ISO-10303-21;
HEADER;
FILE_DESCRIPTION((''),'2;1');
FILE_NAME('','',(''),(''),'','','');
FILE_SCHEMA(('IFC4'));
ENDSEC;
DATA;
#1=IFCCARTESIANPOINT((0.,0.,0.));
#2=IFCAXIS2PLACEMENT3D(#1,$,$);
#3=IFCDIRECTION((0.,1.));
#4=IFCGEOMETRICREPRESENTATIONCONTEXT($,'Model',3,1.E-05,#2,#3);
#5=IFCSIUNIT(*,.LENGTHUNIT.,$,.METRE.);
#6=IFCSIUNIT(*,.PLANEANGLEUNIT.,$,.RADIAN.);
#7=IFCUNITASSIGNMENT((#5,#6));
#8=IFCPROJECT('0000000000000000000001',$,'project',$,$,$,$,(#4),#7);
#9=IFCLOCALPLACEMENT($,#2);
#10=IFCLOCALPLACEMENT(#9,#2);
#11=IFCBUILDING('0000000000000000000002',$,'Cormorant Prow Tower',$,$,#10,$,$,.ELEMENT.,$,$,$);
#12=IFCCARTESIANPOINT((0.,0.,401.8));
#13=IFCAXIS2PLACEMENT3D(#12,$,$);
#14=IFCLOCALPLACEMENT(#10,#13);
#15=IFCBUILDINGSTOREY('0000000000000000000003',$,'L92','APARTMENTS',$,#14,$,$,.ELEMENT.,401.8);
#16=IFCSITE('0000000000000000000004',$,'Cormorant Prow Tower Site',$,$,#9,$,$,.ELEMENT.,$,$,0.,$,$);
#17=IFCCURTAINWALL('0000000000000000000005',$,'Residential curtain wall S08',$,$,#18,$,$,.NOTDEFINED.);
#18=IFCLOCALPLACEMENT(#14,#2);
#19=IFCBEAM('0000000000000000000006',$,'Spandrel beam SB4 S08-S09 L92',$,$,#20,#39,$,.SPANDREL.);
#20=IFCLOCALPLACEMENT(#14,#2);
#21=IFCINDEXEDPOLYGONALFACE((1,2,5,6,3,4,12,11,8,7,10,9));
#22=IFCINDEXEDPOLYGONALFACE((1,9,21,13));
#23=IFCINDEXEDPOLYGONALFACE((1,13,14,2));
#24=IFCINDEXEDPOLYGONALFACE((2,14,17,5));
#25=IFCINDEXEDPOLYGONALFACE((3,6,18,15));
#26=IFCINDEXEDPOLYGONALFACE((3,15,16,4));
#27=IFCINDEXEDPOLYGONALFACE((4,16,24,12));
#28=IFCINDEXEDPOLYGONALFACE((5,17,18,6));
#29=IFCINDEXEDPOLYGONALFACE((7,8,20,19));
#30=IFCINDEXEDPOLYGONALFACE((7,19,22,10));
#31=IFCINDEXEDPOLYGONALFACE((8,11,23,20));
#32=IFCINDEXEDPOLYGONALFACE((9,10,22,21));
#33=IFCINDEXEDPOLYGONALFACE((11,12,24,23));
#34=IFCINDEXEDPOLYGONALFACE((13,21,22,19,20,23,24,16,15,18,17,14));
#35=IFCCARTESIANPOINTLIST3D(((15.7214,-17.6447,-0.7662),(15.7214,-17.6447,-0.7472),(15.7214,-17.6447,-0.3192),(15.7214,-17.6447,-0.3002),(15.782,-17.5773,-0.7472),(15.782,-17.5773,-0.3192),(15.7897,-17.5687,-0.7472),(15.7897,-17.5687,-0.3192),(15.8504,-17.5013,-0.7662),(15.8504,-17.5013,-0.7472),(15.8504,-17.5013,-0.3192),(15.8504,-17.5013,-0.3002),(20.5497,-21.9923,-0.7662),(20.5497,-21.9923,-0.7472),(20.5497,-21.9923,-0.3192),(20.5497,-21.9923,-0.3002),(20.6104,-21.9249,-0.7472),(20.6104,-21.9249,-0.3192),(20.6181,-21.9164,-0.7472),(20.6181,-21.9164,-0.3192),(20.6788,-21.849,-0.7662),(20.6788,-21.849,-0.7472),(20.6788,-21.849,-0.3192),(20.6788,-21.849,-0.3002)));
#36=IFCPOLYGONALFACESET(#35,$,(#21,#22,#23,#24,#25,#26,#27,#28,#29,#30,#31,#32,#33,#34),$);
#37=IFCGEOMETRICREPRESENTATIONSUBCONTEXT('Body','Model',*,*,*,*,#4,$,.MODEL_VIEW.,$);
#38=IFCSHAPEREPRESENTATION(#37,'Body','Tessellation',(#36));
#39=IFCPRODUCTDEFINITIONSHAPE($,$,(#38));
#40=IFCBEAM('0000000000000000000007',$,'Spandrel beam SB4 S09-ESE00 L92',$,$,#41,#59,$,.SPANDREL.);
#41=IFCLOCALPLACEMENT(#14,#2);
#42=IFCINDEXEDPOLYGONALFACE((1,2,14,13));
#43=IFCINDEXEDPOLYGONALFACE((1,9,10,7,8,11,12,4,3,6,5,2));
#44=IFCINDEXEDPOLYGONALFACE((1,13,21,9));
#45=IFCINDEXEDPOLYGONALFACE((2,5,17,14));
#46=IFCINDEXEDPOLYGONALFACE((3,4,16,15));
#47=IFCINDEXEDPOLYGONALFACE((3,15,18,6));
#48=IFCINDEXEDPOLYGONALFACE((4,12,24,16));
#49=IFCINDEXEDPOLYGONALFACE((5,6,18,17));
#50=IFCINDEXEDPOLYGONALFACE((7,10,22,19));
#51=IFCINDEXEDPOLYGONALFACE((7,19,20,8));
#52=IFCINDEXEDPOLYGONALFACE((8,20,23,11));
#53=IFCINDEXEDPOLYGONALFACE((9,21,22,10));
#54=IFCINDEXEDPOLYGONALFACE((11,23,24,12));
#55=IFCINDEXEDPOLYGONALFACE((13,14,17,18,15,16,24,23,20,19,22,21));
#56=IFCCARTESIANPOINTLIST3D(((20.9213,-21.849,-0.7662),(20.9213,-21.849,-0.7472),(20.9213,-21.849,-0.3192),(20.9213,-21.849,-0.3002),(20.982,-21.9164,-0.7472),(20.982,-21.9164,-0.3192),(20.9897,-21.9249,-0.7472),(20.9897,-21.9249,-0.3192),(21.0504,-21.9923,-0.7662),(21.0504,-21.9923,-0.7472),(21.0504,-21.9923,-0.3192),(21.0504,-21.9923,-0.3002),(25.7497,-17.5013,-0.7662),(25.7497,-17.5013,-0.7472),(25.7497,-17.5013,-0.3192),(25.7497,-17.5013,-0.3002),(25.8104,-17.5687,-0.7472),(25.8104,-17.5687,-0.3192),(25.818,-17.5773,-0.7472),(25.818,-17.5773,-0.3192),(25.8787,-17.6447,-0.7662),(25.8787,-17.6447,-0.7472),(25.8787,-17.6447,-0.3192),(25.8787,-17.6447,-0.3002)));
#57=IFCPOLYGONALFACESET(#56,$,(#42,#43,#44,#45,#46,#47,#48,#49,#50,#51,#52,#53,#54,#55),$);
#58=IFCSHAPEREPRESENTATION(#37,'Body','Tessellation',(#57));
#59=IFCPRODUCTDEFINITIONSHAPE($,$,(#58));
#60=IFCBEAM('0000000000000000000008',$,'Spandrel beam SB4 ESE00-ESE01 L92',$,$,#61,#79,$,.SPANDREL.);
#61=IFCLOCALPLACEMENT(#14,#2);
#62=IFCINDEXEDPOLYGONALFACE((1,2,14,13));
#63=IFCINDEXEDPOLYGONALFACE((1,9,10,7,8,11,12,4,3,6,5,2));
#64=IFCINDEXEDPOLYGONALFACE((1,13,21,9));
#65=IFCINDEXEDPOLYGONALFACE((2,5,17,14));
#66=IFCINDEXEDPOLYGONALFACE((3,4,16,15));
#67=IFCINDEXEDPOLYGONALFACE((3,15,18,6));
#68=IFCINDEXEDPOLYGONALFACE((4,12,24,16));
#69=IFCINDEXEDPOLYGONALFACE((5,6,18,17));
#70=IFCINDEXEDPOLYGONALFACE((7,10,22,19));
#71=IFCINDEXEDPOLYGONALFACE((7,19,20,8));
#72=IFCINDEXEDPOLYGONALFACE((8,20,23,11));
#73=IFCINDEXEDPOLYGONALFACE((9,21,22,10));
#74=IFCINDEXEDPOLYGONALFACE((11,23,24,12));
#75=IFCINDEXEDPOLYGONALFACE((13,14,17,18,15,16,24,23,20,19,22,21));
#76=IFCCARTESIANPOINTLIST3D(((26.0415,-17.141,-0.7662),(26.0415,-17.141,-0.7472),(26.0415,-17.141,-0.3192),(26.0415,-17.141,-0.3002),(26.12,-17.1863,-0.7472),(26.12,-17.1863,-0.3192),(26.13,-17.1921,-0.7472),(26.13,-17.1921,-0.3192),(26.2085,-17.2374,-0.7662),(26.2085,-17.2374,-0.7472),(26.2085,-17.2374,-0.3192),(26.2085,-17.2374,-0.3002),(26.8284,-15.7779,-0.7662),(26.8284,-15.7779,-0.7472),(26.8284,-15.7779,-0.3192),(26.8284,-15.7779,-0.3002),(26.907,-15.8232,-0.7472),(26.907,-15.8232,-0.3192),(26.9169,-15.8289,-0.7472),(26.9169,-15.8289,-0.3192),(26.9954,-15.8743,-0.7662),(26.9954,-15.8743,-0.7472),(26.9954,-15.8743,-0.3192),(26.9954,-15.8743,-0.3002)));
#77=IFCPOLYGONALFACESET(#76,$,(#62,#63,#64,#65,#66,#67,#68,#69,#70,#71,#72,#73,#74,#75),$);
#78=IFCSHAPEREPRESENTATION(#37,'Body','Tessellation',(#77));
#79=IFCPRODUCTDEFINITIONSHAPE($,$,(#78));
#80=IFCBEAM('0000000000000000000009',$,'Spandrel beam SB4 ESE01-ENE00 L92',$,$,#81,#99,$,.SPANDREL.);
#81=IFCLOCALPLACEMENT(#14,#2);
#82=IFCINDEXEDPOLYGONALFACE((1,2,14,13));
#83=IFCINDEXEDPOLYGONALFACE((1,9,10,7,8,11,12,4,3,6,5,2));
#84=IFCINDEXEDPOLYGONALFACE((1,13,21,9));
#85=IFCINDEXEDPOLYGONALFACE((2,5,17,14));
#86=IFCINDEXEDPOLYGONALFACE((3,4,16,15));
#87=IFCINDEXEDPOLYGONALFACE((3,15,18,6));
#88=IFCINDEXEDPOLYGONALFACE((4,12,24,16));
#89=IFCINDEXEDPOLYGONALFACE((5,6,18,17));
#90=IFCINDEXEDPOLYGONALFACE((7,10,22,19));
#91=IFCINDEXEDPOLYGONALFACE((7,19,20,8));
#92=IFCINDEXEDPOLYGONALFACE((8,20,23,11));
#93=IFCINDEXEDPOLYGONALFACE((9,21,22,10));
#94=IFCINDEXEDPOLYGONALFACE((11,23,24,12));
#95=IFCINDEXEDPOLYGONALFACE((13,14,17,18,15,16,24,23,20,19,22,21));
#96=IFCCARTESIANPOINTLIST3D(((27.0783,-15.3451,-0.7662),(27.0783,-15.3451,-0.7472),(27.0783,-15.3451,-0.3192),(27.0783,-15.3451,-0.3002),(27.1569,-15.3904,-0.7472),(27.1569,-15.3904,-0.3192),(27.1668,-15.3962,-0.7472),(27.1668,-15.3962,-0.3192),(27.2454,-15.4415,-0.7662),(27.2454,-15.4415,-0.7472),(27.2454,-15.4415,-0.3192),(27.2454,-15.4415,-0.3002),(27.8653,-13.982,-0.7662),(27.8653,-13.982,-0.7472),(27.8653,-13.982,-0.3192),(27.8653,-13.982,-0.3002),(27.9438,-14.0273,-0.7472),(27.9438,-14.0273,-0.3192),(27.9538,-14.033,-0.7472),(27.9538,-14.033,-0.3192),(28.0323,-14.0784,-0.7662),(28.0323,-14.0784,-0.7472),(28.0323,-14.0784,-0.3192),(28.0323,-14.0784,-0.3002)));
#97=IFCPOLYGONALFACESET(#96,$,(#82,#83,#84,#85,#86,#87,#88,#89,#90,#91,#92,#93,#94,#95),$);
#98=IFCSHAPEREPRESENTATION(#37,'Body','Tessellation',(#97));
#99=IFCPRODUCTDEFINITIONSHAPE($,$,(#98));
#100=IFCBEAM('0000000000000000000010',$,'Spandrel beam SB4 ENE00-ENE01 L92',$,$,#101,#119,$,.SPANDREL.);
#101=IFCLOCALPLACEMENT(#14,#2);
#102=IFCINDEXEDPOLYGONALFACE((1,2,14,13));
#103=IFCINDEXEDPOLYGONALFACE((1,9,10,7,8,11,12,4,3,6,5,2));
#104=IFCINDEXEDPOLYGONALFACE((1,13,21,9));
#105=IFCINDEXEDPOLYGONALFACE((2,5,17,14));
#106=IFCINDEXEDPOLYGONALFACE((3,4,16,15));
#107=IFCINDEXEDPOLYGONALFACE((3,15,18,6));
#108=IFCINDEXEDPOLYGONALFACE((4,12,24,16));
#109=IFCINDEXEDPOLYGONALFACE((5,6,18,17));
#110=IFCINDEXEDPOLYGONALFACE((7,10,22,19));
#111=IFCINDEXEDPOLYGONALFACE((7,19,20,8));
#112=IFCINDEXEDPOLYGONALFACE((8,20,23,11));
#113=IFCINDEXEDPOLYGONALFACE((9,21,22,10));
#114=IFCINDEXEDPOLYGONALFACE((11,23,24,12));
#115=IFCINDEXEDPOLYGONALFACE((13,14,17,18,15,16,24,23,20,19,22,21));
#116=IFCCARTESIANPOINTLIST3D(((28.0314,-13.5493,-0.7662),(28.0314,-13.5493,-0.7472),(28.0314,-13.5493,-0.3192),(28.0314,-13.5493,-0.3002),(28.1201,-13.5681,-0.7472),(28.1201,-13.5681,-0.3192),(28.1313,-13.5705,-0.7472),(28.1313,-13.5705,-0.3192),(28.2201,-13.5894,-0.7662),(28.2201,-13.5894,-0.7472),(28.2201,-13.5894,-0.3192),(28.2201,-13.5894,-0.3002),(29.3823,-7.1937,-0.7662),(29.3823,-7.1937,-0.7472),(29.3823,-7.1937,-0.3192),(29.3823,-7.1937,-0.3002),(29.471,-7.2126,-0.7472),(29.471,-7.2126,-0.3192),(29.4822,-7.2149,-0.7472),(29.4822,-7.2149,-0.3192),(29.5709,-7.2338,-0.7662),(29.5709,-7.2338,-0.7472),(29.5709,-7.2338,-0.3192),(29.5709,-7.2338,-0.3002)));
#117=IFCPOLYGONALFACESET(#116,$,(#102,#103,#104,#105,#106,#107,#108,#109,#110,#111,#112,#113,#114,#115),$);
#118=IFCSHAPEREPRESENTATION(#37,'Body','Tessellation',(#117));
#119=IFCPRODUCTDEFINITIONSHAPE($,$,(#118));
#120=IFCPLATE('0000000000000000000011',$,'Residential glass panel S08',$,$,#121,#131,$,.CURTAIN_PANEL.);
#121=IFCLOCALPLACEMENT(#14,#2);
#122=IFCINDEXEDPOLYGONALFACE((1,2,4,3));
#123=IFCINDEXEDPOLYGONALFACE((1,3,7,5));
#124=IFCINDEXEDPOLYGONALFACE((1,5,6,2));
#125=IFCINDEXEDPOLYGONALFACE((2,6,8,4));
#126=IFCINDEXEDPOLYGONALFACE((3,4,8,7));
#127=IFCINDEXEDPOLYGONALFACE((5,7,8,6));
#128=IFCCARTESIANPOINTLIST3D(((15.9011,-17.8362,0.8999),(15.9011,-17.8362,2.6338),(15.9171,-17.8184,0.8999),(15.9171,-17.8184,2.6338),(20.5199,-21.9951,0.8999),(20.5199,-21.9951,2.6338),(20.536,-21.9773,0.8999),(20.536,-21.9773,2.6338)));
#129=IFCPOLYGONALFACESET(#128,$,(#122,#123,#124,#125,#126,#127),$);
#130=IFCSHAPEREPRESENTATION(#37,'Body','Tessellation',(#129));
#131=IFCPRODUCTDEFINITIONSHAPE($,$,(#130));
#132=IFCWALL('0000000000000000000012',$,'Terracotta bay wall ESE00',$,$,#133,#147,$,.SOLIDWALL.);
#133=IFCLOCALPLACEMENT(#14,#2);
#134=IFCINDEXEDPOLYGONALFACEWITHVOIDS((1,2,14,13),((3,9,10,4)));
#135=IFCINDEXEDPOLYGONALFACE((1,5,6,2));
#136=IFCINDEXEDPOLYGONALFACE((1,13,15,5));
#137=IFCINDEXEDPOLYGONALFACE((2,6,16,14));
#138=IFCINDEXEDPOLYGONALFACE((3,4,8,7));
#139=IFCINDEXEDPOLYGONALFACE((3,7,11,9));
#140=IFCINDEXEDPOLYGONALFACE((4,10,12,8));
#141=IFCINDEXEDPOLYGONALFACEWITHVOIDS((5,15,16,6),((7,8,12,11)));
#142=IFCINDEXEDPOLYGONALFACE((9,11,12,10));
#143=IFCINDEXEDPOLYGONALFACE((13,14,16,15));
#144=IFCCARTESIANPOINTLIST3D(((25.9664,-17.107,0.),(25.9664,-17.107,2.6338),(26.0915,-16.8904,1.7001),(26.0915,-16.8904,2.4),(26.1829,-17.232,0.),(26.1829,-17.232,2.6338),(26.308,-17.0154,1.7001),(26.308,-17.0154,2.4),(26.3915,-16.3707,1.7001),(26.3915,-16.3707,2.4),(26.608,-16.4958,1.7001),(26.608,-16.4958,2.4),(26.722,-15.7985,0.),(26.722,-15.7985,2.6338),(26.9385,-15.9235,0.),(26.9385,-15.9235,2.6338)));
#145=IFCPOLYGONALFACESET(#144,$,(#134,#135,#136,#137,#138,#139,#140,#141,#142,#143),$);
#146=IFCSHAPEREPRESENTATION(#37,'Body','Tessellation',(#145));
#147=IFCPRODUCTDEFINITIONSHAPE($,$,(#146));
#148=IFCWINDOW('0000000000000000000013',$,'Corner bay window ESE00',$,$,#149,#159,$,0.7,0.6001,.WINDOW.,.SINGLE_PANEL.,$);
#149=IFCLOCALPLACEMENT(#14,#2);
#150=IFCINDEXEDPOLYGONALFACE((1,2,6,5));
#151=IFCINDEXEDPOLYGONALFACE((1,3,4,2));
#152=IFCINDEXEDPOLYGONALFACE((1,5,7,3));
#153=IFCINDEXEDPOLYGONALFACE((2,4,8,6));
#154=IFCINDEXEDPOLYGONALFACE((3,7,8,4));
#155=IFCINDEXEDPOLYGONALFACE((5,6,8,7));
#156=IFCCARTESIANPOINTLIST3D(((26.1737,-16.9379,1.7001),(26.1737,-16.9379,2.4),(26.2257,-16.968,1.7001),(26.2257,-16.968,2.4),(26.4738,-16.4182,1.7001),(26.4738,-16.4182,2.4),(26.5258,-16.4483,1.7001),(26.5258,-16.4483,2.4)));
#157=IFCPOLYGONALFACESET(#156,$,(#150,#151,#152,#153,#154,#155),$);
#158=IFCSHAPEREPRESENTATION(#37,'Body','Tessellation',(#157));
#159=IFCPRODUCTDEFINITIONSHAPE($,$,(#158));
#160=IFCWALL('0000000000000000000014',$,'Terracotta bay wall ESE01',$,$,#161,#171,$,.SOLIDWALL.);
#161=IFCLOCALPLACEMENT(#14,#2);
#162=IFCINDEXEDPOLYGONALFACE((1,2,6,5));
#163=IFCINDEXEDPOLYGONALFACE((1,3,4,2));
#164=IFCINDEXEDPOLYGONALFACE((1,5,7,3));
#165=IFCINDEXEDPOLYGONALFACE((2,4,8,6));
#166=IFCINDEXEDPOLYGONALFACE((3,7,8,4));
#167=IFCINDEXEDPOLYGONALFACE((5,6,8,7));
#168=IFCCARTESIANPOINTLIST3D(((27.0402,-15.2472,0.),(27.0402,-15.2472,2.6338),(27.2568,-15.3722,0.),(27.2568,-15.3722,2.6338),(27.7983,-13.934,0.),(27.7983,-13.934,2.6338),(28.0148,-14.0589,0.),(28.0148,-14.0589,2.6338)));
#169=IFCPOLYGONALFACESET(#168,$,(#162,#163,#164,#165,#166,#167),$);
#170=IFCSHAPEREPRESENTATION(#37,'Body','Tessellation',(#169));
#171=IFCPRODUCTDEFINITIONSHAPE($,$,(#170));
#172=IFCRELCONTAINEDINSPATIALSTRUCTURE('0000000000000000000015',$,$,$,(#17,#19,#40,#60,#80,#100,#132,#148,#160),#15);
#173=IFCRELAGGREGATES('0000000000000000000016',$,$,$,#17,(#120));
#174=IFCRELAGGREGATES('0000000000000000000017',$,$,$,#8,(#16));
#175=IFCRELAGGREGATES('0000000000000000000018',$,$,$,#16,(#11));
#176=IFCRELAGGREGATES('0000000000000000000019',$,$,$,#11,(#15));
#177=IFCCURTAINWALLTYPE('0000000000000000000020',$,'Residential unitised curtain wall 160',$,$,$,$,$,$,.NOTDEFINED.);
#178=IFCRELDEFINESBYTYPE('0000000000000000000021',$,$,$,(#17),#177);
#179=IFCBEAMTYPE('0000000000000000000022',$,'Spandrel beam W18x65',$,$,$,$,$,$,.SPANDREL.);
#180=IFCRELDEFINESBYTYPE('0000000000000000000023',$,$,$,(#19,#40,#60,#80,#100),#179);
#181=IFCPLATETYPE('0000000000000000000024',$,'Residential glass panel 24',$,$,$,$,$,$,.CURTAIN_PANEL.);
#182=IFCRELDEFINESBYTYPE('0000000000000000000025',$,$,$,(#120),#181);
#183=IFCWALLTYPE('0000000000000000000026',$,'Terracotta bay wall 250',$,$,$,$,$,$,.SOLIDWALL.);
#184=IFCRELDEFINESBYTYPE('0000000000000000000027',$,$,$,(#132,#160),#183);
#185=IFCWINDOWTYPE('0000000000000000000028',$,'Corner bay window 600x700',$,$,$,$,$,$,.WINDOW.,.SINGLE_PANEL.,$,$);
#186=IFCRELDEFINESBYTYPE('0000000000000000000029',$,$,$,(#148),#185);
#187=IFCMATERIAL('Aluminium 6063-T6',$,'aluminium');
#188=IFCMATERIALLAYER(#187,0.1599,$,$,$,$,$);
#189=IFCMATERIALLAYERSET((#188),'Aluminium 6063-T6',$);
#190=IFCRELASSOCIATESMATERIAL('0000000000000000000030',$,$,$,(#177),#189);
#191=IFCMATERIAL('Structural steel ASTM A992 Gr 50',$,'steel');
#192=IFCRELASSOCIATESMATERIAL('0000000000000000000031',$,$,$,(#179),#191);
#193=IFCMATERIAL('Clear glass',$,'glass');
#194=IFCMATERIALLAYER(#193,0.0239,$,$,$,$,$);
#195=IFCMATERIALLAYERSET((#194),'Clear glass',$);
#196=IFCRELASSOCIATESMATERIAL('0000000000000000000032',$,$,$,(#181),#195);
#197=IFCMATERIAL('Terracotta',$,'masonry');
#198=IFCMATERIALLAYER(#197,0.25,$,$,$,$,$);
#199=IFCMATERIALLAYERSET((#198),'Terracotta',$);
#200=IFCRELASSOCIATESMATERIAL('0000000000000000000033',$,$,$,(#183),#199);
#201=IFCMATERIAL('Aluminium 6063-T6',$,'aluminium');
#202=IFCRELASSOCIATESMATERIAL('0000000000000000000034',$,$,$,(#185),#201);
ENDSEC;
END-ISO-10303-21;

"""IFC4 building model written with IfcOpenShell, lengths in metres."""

from ifc_helpers import new_model, si_unit, direction, frame, frame_2d, origin, origin_2d, place, context, subcontext, project, spatial, rectangle, i_section, extrude, material, layer, layer_set, material_profile, profile_set, type_object, element, fill, aggregate, save


model = new_model("IFC4")

# Units and contexts
model_context = context("Model", 3, precision=1e-05, world=origin(), true_north=direction((0.0, 1.0)))
body_context = subcontext(model_context, "Body", "Model", "MODEL_VIEW")
ifc_project = project(units=[si_unit("LENGTHUNIT", "METRE"), si_unit("PLANEANGLEUNIT", "RADIAN")], contexts=[model_context])

# Site, building, storey
site_placement = place(None, origin())
site = spatial("IfcSite", under=ifc_project, at=site_placement, Name="Cormorant Prow Tower Site", CompositionType="ELEMENT", RefElevation=0.0)
building_placement = place(site_placement, origin())
building = spatial("IfcBuilding", under=site, at=building_placement, Name="Cormorant Prow Tower", CompositionType="ELEMENT")
storey_placement = place(building_placement, frame((0.0, 0.0, 401.8)))
storey = spatial("IfcBuildingStorey", under=building, at=storey_placement, Name="L92", Description="APARTMENTS", CompositionType="ELEMENT", Elevation=401.8)

# Curtain wall
ifc_material_1 = material(Name="Aluminium 6063-T6", Category="aluminium")
ifc_layer_1 = layer(ifc_material_1, 0.1599)
ifc_layer_set_1 = layer_set([ifc_layer_1], Name="Aluminium 6063-T6")
curtain_wall_type = type_object("IfcCurtainWallType", Name="Residential unitised curtain wall 160", PredefinedType="NOTDEFINED", material=ifc_layer_set_1)
curtain_wall_1_placement = place(storey_placement, origin())
curtain_wall_1 = element("IfcCurtainWall", 1, at=curtain_wall_1_placement, inside=storey, type_object=curtain_wall_type, Name="Residential curtain wall S08", PredefinedType="NOTDEFINED")

# Beams
ifc_material_2 = material(Name="Structural steel ASTM A992 Gr 50", Category="steel")
ifc_material_profile_1 = material_profile(ifc_material_2, i_section(OverallWidth=0.1929, OverallDepth=0.4661, WebThickness=0.0115, FlangeThickness=0.019, at=origin_2d()), Name="W18x65")
ifc_profile_set_1 = profile_set([ifc_material_profile_1], Name="Structural steel ASTM A992 Gr 50")
beam_type = type_object("IfcBeamType", Name="Spandrel beam W18x65", PredefinedType="SPANDREL", material=ifc_profile_set_1)
for number, where, z_axis, x_axis, name in (
    (2, (15.7859, -17.573, -0.5332), (0.743132, -0.669145, 0.0), (0.669145, 0.743132, 0.0), "Spandrel beam SB4 S08-S09 L92"),
    (3, (20.9858, -21.9207, -0.5332), (0.743132, 0.669145, 0.0), (-0.669145, 0.743132, 0.0), "Spandrel beam SB4 S09-ESE00 L92"),
):
    element("IfcBeam", number, at=place(storey_placement, frame(where, z_axis=z_axis, x_axis=x_axis)), inside=storey, type_object=beam_type, Name=name, PredefinedType="SPANDREL", context=body_context, shape_type="SweptSolid", body=[
        extrude(i_section(OverallWidth=0.1929, OverallDepth=0.4661, WebThickness=0.0115, FlangeThickness=0.019, at=origin_2d()), origin(), (0.0, 0.0, 1.0), 6.4973),
    ])
for number, where, z_axis, x_axis, name in (
    (4, (26.125, -17.1892, -0.5332), (0.49996, 0.866049, 0.0), (-0.866049, 0.49996, 0.0), "Spandrel beam SB4 ESE00-ESE01 L92"),
    (5, (27.1619, -15.3933, -0.5332), (0.49996, 0.866049, 0.0), (-0.866049, 0.49996, 0.0), "Spandrel beam SB4 ESE01-ENE00 L92"),
):
    element("IfcBeam", number, at=place(storey_placement, frame(where, z_axis=z_axis, x_axis=x_axis)), inside=storey, type_object=beam_type, Name=name, PredefinedType="SPANDREL", context=body_context, shape_type="SweptSolid", body=[
        extrude(i_section(OverallWidth=0.1929, OverallDepth=0.4661, WebThickness=0.0115, FlangeThickness=0.019, at=origin_2d()), origin(), (0.0, 0.0, 1.0), 1.574),
    ])
beam_placement = place(storey_placement, frame((28.1257, -13.5693, -0.5332), z_axis=(0.207902, 0.97815, 0.0), x_axis=(-0.97815, 0.207902, 0.0)))
element("IfcBeam", 6, at=beam_placement, inside=storey, type_object=beam_type, Name="Spandrel beam SB4 ENE00-ENE01 L92", PredefinedType="SPANDREL", context=body_context, shape_type="SweptSolid", body=[
    extrude(i_section(OverallWidth=0.1929, OverallDepth=0.4661, WebThickness=0.0115, FlangeThickness=0.019, at=origin_2d()), origin(), (0.0, 0.0, 1.0), 6.4976),
])

# Plate
ifc_material_3 = material(Name="Clear glass", Category="glass")
ifc_layer_2 = layer(ifc_material_3, 0.0239)
ifc_layer_set_2 = layer_set([ifc_layer_2], Name="Clear glass")
plate_type = type_object("IfcPlateType", Name="Residential glass panel 24", PredefinedType="CURTAIN_PANEL", material=ifc_layer_set_2)
plate_placement = place(storey_placement, frame((18.2185, -19.9067, 0.8999), z_axis=(0.0, 0.0, 1.0), x_axis=(0.743145, -0.669131, 0.0)))
plate = element("IfcPlate", 7, at=plate_placement, type_object=plate_type, Name="Residential glass panel S08", PredefinedType="CURTAIN_PANEL", context=body_context, shape_type="SweptSolid", body=[
    extrude(rectangle(XDim=6.2153, YDim=0.0239, at=origin_2d()), origin(), (0.0, 0.0, 1.0), 1.7339),
])
aggregate(curtain_wall_1, [plate])

# Wall, opening, window
ifc_material_4 = material(Name="Terracotta", Category="masonry")
ifc_layer_3 = layer(ifc_material_4, 0.25)
ifc_layer_set_3 = layer_set([ifc_layer_3], Name="Terracotta")
wall_type_1 = type_object("IfcWallType", Name="Terracotta bay wall 250", PredefinedType="SOLIDWALL", material=ifc_layer_set_3)
wall_1_placement = place(storey_placement, frame((26.0747, -17.1694, 0.0), z_axis=(0.0, 0.0, 1.0), x_axis=(0.500049, 0.865997, 0.0)))
wall_1 = element("IfcWall", 8, at=wall_1_placement, inside=storey, type_object=wall_type_1, Name="Terracotta bay wall ESE00", PredefinedType="SOLIDWALL", context=body_context, shape_type="SweptSolid", body=[
    extrude(rectangle(XDim=1.511, YDim=0.25, at=frame_2d((0.7554, 0.0))), origin(), (0.0, 0.0, 1.0), 2.6338),
])
opening_1_placement = place(wall_1_placement, frame((0.25, 0.0, 1.7)))
opening_1 = element("IfcOpeningElement", 9, at=opening_1_placement, cuts=wall_1, PredefinedType="OPENING", context=body_context, shape_type="SweptSolid", body=[
    extrude(rectangle(XDim=0.6001, YDim=0.7, at=frame_2d((0.3, 0.3501))), frame((0.0, 0.135, 0.0), z_axis=(0.0, -1.0, 0.0), x_axis=(1.0, 0.0, 0.0)), (0.0, 0.0, 1.0), 0.27),
])
ifc_material_5 = material(Name="Aluminium 6063-T6", Category="aluminium")
window_type = type_object("IfcWindowType", Name="Corner bay window 600x700", PartitioningType="SINGLE_PANEL", PredefinedType="WINDOW", material=ifc_material_5)
window_placement = place(opening_1_placement, origin())
window = element("IfcWindow", 10, at=window_placement, inside=storey, type_object=window_type, Name="Corner bay window ESE00", OverallHeight=0.7, OverallWidth=0.6001, PartitioningType="SINGLE_PANEL", PredefinedType="WINDOW", context=body_context, shape_type="SweptSolid", body=[
    extrude(rectangle(XDim=0.6001, YDim=0.7, at=frame_2d((0.3, 0.3501))), frame((0.0, 0.03, 0.0), z_axis=(0.0, -1.0, 0.0), x_axis=(1.0, 0.0, 0.0)), (0.0, 0.0, 1.0), 0.0601),
])
fill(opening_1, window)

# Wall
wall_2_placement = place(storey_placement, frame((27.1484, -15.3098, 0.0), z_axis=(0.0, 0.0, 1.0), x_axis=(0.499932, 0.866065, 0.0)))
element("IfcWall", 11, at=wall_2_placement, inside=storey, type_object=wall_type_1, Name="Terracotta bay wall ESE01", PredefinedType="SOLIDWALL", context=body_context, shape_type="SweptSolid", body=[
    extrude(rectangle(XDim=1.5164, YDim=0.25, at=frame_2d((0.7583, 0.0))), origin(), (0.0, 0.0, 1.0), 2.6338),
])

save(model, "model.ifc")
